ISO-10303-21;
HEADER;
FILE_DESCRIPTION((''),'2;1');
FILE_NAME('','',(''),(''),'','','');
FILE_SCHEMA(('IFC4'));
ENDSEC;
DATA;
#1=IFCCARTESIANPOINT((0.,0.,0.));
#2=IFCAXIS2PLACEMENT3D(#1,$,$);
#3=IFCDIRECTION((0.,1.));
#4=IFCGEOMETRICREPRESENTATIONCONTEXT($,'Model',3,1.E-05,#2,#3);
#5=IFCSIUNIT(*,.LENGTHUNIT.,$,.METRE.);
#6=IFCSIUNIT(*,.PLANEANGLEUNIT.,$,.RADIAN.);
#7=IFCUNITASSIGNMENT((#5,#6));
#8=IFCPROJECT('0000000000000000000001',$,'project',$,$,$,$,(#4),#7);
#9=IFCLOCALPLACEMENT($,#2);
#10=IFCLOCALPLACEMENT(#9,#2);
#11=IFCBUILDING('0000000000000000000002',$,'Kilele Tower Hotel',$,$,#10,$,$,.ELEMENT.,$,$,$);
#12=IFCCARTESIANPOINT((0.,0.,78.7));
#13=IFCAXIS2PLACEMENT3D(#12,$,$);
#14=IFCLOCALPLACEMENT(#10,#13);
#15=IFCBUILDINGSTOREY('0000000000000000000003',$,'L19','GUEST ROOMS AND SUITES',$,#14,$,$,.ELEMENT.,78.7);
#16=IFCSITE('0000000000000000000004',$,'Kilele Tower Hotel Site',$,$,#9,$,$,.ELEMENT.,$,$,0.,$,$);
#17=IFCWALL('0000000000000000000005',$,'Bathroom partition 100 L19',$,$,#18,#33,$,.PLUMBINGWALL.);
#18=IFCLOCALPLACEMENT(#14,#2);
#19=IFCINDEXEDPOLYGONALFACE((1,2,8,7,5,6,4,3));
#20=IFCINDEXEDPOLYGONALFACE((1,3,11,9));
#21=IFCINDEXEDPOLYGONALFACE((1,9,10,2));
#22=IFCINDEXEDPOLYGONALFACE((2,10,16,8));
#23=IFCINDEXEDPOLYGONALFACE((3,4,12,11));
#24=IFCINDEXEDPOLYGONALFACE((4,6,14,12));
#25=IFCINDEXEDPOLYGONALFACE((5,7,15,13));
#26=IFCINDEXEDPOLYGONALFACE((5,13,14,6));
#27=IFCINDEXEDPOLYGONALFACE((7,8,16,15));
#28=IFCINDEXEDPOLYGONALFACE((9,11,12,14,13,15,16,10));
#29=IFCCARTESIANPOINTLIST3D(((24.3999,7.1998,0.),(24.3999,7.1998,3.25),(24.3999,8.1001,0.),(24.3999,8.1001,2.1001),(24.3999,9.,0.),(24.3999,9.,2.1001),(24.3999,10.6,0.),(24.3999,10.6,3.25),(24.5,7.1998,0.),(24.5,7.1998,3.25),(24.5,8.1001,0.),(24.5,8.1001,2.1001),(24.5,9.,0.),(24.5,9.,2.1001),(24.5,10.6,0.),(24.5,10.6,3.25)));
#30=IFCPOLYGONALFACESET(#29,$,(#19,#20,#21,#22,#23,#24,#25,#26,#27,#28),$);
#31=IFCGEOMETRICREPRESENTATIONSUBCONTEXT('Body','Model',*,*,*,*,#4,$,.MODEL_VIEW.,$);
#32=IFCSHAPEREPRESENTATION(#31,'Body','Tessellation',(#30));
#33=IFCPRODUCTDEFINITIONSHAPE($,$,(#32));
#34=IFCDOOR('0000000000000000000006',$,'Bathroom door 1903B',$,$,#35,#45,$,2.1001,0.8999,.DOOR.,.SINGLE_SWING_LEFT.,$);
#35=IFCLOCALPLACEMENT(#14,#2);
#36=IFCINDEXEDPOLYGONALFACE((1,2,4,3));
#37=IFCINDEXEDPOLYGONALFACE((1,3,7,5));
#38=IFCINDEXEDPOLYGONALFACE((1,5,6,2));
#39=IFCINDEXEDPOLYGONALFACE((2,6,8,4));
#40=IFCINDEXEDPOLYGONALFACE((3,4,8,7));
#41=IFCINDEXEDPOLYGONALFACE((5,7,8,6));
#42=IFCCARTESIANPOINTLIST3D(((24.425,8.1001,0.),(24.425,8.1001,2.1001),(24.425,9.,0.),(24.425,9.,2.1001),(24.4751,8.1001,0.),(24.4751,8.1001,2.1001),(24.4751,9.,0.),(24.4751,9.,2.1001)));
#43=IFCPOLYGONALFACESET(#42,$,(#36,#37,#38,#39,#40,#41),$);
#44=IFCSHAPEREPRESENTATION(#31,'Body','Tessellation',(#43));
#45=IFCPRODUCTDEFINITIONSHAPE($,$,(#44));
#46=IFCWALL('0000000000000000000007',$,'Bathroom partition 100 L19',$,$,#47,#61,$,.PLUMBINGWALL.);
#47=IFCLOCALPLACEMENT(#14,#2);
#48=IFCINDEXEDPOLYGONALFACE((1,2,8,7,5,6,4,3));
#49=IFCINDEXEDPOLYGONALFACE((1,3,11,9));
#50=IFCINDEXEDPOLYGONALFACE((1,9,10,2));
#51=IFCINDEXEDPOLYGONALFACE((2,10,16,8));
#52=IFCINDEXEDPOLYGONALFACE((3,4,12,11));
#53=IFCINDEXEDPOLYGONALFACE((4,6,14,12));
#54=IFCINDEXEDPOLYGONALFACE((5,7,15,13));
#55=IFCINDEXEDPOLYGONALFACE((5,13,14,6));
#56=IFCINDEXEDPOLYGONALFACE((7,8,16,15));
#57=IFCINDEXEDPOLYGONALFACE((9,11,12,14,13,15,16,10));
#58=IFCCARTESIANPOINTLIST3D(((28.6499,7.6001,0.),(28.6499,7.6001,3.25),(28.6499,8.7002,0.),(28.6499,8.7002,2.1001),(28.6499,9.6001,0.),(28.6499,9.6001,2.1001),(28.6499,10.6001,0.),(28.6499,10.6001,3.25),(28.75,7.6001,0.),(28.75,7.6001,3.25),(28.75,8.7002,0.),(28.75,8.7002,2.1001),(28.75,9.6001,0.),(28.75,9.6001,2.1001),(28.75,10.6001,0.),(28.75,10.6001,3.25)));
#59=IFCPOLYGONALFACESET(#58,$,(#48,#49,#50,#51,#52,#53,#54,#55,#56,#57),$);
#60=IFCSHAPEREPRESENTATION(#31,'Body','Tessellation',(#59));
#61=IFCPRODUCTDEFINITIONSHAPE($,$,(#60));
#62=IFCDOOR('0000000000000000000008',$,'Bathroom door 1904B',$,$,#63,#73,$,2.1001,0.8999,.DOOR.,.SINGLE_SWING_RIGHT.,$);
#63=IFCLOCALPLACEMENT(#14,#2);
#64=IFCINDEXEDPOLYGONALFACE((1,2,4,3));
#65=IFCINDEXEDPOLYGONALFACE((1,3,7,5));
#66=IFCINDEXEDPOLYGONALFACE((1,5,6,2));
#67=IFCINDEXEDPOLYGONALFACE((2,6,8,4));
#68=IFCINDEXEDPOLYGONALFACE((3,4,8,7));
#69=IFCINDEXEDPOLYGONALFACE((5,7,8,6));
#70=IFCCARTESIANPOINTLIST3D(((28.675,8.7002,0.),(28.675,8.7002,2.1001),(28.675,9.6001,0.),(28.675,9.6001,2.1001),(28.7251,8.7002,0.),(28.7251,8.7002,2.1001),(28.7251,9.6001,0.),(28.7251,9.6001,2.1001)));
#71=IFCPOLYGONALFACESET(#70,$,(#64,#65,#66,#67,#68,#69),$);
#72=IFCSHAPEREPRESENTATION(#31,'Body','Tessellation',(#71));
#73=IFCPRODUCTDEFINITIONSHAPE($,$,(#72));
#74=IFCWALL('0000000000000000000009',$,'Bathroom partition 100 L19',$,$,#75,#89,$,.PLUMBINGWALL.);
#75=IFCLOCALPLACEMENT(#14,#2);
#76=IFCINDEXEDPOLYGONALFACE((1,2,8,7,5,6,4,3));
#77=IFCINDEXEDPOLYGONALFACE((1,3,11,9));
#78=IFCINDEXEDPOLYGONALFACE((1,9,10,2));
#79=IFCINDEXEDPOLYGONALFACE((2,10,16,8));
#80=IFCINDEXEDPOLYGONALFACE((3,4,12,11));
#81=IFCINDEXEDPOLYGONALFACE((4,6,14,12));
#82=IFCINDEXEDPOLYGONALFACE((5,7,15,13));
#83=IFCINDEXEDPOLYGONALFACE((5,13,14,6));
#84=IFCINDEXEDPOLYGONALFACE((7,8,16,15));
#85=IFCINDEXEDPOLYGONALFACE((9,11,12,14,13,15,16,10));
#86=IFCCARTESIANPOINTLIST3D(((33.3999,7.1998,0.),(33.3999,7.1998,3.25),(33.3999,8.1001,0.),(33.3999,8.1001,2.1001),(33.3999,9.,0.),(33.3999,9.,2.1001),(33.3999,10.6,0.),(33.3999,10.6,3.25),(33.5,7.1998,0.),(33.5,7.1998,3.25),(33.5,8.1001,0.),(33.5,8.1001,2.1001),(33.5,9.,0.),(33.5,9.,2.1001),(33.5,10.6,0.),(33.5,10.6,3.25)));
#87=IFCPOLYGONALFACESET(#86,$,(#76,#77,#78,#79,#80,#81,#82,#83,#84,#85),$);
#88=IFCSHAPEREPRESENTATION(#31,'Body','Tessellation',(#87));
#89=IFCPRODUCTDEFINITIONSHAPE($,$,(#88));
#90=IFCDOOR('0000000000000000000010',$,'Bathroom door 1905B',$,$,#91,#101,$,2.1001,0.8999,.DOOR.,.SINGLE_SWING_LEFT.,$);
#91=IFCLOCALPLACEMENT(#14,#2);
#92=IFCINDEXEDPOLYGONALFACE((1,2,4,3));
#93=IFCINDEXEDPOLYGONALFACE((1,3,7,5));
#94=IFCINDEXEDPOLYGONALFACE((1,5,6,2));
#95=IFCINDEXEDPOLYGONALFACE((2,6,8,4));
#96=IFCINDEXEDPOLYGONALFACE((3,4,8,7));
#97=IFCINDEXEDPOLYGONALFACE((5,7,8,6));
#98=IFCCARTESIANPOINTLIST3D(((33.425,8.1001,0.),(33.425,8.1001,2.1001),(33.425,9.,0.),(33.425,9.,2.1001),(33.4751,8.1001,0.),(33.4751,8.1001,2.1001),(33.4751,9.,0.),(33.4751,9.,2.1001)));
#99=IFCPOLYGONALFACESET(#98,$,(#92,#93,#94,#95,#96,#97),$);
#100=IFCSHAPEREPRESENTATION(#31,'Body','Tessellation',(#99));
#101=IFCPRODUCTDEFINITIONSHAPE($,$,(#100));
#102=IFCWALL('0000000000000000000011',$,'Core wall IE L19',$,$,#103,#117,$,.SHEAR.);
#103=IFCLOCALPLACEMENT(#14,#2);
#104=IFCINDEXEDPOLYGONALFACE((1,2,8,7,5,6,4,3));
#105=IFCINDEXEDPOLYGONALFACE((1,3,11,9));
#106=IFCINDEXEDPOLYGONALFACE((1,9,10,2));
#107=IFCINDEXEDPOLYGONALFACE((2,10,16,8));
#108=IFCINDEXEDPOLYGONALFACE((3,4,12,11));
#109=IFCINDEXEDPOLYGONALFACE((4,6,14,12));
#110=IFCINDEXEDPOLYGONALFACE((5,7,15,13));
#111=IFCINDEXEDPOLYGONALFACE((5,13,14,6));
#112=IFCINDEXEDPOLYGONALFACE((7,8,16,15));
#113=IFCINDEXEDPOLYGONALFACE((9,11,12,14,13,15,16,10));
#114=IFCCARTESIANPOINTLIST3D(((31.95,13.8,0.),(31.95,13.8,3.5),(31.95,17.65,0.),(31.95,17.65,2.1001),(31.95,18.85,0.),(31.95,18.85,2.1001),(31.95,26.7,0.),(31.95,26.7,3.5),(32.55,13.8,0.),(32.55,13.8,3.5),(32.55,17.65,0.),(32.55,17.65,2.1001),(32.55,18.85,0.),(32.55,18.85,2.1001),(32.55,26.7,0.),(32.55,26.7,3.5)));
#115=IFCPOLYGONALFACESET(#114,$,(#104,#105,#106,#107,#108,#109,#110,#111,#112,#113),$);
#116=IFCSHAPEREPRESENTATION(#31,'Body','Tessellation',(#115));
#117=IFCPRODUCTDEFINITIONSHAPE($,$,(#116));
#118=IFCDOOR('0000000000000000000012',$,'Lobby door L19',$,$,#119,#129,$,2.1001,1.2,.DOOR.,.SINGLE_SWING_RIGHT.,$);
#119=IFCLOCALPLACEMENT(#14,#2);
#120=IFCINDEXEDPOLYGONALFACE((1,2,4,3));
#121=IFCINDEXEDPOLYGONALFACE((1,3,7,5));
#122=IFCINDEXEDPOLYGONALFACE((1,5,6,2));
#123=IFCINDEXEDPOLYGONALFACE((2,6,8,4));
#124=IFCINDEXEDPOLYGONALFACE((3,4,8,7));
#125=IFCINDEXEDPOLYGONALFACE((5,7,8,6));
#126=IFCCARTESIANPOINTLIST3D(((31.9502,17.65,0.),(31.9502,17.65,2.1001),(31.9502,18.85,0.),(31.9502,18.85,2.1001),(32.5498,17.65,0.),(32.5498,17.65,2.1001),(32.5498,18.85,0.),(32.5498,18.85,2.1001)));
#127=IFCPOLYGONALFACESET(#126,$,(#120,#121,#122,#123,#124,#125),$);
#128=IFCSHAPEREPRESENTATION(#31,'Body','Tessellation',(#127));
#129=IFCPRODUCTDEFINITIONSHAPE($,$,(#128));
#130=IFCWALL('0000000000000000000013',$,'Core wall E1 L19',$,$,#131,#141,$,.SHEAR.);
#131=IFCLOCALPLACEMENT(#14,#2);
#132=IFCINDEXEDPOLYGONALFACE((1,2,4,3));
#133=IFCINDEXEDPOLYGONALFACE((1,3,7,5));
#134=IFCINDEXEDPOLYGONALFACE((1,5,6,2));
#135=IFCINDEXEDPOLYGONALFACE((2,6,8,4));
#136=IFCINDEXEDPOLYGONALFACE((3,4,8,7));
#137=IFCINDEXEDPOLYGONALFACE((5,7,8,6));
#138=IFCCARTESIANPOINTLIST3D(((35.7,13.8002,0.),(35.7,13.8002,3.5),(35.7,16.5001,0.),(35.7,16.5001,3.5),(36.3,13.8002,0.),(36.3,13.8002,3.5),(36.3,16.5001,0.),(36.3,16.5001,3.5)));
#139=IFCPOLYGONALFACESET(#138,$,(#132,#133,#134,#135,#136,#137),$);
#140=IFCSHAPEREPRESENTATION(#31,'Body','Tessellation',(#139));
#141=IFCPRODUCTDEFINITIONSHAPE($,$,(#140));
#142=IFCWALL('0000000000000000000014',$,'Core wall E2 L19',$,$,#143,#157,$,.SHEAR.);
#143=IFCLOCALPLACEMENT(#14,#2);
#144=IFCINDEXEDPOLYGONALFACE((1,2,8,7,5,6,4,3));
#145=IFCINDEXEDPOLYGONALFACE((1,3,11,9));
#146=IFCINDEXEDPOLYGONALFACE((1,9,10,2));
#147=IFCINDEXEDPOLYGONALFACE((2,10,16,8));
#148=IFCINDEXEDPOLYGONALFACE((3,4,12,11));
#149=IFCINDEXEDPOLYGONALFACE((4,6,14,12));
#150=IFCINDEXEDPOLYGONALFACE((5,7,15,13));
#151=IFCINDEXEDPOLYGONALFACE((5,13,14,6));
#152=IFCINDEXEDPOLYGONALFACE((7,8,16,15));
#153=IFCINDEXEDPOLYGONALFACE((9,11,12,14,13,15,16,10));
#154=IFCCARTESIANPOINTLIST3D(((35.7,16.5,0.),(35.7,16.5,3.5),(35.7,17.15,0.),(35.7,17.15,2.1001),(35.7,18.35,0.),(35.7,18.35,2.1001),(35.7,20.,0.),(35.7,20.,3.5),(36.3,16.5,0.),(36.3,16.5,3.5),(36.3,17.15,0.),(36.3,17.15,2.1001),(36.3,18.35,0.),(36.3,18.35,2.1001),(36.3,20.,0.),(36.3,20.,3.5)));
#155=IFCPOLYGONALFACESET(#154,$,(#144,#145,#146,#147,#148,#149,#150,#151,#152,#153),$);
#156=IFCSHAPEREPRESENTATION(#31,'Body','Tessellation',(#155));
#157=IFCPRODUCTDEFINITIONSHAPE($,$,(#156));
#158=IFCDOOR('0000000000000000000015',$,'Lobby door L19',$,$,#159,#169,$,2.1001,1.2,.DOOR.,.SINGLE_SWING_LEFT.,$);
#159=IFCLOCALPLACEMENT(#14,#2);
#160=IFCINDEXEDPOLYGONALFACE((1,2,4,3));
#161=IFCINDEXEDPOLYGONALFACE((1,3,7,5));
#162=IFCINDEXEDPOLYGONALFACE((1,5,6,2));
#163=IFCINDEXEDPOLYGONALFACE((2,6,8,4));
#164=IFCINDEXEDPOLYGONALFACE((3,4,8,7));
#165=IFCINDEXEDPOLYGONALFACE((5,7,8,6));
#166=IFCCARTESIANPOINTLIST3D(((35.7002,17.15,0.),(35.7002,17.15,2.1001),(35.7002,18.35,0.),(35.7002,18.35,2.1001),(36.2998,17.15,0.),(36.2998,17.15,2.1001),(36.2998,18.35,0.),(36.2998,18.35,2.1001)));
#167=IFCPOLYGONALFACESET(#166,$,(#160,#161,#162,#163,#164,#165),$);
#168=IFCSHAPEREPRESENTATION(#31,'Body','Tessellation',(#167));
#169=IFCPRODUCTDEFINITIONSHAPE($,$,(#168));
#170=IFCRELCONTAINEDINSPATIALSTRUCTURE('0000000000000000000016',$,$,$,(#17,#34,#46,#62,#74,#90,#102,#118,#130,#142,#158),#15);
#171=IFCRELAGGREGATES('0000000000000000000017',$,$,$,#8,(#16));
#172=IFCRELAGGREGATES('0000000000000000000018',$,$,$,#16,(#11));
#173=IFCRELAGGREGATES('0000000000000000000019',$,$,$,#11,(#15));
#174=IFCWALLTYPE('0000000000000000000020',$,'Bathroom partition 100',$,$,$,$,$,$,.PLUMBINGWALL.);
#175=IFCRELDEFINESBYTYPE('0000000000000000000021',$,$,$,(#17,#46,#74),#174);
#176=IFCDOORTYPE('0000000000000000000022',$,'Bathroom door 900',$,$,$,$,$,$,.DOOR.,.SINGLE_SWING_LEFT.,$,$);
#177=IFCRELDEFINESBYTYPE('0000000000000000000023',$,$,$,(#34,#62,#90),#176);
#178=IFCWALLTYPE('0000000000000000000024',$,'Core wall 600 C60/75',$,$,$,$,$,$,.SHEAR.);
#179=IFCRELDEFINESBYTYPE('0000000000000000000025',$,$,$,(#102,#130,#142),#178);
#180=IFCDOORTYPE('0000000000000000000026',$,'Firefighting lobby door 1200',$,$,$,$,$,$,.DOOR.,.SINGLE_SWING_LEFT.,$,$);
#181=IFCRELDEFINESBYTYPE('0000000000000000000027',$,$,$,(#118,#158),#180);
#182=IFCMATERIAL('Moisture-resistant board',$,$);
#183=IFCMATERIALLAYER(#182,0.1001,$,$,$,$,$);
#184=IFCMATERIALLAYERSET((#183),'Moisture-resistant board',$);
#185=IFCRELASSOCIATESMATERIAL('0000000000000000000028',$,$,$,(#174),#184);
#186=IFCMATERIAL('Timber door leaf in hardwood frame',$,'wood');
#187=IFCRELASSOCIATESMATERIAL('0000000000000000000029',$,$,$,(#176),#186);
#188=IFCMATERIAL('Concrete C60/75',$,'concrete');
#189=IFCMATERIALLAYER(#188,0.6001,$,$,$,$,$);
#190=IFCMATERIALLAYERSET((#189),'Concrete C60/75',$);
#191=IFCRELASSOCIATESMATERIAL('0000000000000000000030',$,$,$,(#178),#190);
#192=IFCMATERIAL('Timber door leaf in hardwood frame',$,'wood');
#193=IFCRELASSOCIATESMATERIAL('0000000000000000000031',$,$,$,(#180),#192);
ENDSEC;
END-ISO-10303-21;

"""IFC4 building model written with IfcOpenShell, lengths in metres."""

from ifc_helpers import new_model, si_unit, direction, frame, frame_2d, origin, place, context, subcontext, project, spatial, rectangle, extrude, material, layer, layer_set, type_object, element, fill, save


model = new_model("IFC4")

# Units and contexts
model_context = context("Model", 3, precision=1e-05, world=origin(), true_north=direction((0.0, 1.0)))
body_context = subcontext(model_context, "Body", "Model", "MODEL_VIEW")
ifc_project = project(units=[si_unit("LENGTHUNIT", "METRE"), si_unit("PLANEANGLEUNIT", "RADIAN")], contexts=[model_context])

# Site, building, storey
site_placement = place(None, origin())
site = spatial("IfcSite", under=ifc_project, at=site_placement, Name="Kilele Tower Hotel Site", CompositionType="ELEMENT", RefElevation=0.0)
building_placement = place(site_placement, origin())
building = spatial("IfcBuilding", under=site, at=building_placement, Name="Kilele Tower Hotel", CompositionType="ELEMENT")
storey_placement = place(building_placement, frame((0.0, 0.0, 78.7)))
storey = spatial("IfcBuildingStorey", under=building, at=storey_placement, Name="L19", Description="GUEST ROOMS AND SUITES", CompositionType="ELEMENT", Elevation=78.7)

# Walls, openings, doors
ifc_material_1 = material(Name="Moisture-resistant board")
ifc_layer_1 = layer(ifc_material_1, 0.1001)
ifc_layer_set_1 = layer_set([ifc_layer_1], Name="Moisture-resistant board")
wall_type_1 = type_object("IfcWallType", Name="Bathroom partition 100", PredefinedType="PLUMBINGWALL", material=ifc_layer_set_1)
wall_1_placement = place(storey_placement, frame((24.45, 10.6001, 0.0), z_axis=(0.0, 0.0, 1.0), x_axis=(0.0, -1.0, 0.0)))
wall_1 = element("IfcWall", 1, at=wall_1_placement, inside=storey, type_object=wall_type_1, Name="Bathroom partition 100 L19", PredefinedType="PLUMBINGWALL", context=body_context, shape_type="SweptSolid", body=[
    extrude(rectangle(XDim=3.4001, YDim=0.1001, at=frame_2d((1.7002, 0.0))), origin(), (0.0, 0.0, 1.0), 3.25),
])
opening_1_placement = place(wall_1_placement, frame((2.5, 0.0, 0.0), z_axis=(0.0, 0.0, 1.0), x_axis=(-1.0, 0.0, 0.0)))
opening_1 = element("IfcOpeningElement", 2, at=opening_1_placement, cuts=wall_1, PredefinedType="OPENING", context=body_context, shape_type="SweptSolid", body=[
    extrude(rectangle(XDim=0.8999, YDim=2.1001, at=frame_2d((0.45, 1.05))), frame((0.0, 0.0601, 0.0), z_axis=(0.0, -1.0, 0.0), x_axis=(1.0, 0.0, 0.0)), (0.0, 0.0, 1.0), 0.1201),
])
ifc_material_2 = material(Name="Timber door leaf in hardwood frame", Category="wood")
door_type_1 = type_object("IfcDoorType", Name="Bathroom door 900", OperationType="SINGLE_SWING_LEFT", PredefinedType="DOOR", material=ifc_material_2)
door_1_placement = place(opening_1_placement, origin())
door_1 = element("IfcDoor", 3, at=door_1_placement, inside=storey, type_object=door_type_1, Name="Bathroom door 1903B", OperationType="SINGLE_SWING_LEFT", OverallHeight=2.1001, OverallWidth=0.8999, PredefinedType="DOOR", context=body_context, shape_type="SweptSolid", body=[
    extrude(rectangle(XDim=0.8999, YDim=2.1001, at=frame_2d((0.45, 1.05))), frame((0.0, 0.0249, 0.0), z_axis=(0.0, -1.0, 0.0), x_axis=(1.0, 0.0, 0.0)), (0.0, 0.0, 1.0), 0.05),
])
fill(opening_1, door_1)
wall_2_placement = place(storey_placement, frame((28.7, 10.6001, 0.0), z_axis=(0.0, 0.0, 1.0), x_axis=(0.0, -1.0, 0.0)))
wall_2 = element("IfcWall", 4, at=wall_2_placement, inside=storey, type_object=wall_type_1, Name="Bathroom partition 100 L19", PredefinedType="PLUMBINGWALL", context=body_context, shape_type="SweptSolid", body=[
    extrude(rectangle(XDim=3.0, YDim=0.1001, at=frame_2d((1.5, 0.0))), origin(), (0.0, 0.0, 1.0), 3.25),
])
opening_2_placement = place(wall_2_placement, frame((1.8999, 0.0, 0.0), z_axis=(0.0, 0.0, 1.0), x_axis=(-1.0, 0.0, 0.0)))
opening_2 = element("IfcOpeningElement", 5, at=opening_2_placement, cuts=wall_2, PredefinedType="OPENING", context=body_context, shape_type="SweptSolid", body=[
    extrude(rectangle(XDim=0.8999, YDim=2.1001, at=frame_2d((0.45, 1.05))), frame((0.0, 0.0601, 0.0), z_axis=(0.0, -1.0, 0.0), x_axis=(1.0, 0.0, 0.0)), (0.0, 0.0, 1.0), 0.1201),
])
door_2_placement = place(opening_2_placement, origin())
door_2 = element("IfcDoor", 6, at=door_2_placement, inside=storey, type_object=door_type_1, Name="Bathroom door 1904B", OperationType="SINGLE_SWING_RIGHT", OverallHeight=2.1001, OverallWidth=0.8999, PredefinedType="DOOR", context=body_context, shape_type="SweptSolid", body=[
    extrude(rectangle(XDim=0.8999, YDim=2.1001, at=frame_2d((0.45, 1.05))), frame((0.0, 0.0249, 0.0), z_axis=(0.0, -1.0, 0.0), x_axis=(1.0, 0.0, 0.0)), (0.0, 0.0, 1.0), 0.05),
])
fill(opening_2, door_2)
wall_3_placement = place(storey_placement, frame((33.45, 10.6001, 0.0), z_axis=(0.0, 0.0, 1.0), x_axis=(0.0, -1.0, 0.0)))
wall_3 = element("IfcWall", 7, at=wall_3_placement, inside=storey, type_object=wall_type_1, Name="Bathroom partition 100 L19", PredefinedType="PLUMBINGWALL", context=body_context, shape_type="SweptSolid", body=[
    extrude(rectangle(XDim=3.4001, YDim=0.1001, at=frame_2d((1.7002, 0.0))), origin(), (0.0, 0.0, 1.0), 3.25),
])
opening_3_placement = place(wall_3_placement, frame((2.5, 0.0, 0.0), z_axis=(0.0, 0.0, 1.0), x_axis=(-1.0, 0.0, 0.0)))
opening_3 = element("IfcOpeningElement", 8, at=opening_3_placement, cuts=wall_3, PredefinedType="OPENING", context=body_context, shape_type="SweptSolid", body=[
    extrude(rectangle(XDim=0.8999, YDim=2.1001, at=frame_2d((0.45, 1.05))), frame((0.0, 0.0601, 0.0), z_axis=(0.0, -1.0, 0.0), x_axis=(1.0, 0.0, 0.0)), (0.0, 0.0, 1.0), 0.1201),
])
door_3_placement = place(opening_3_placement, origin())
door_3 = element("IfcDoor", 9, at=door_3_placement, inside=storey, type_object=door_type_1, Name="Bathroom door 1905B", OperationType="SINGLE_SWING_LEFT", OverallHeight=2.1001, OverallWidth=0.8999, PredefinedType="DOOR", context=body_context, shape_type="SweptSolid", body=[
    extrude(rectangle(XDim=0.8999, YDim=2.1001, at=frame_2d((0.45, 1.05))), frame((0.0, 0.0249, 0.0), z_axis=(0.0, -1.0, 0.0), x_axis=(1.0, 0.0, 0.0)), (0.0, 0.0, 1.0), 0.05),
])
fill(opening_3, door_3)
ifc_material_3 = material(Name="Concrete C60/75", Category="concrete")
ifc_layer_2 = layer(ifc_material_3, 0.6001)
ifc_layer_set_2 = layer_set([ifc_layer_2], Name="Concrete C60/75")
wall_type_2 = type_object("IfcWallType", Name="Core wall 600 C60/75", PredefinedType="SHEAR", material=ifc_layer_set_2)
wall_4_placement = place(storey_placement, frame((32.25, 13.8, 0.0), z_axis=(0.0, 0.0, 1.0), x_axis=(0.0, 1.0, 0.0)))
wall_4 = element("IfcWall", 10, at=wall_4_placement, inside=storey, type_object=wall_type_2, Name="Core wall IE L19", PredefinedType="SHEAR", context=body_context, shape_type="SweptSolid", body=[
    extrude(rectangle(XDim=12.8999, YDim=0.6001, at=frame_2d((6.45, 0.0))), origin(), (0.0, 0.0, 1.0), 3.5),
])
opening_4_placement = place(wall_4_placement, frame((5.05, 0.0, 0.0), z_axis=(0.0, 0.0, 1.0), x_axis=(-1.0, 0.0, 0.0)))
opening_4 = element("IfcOpeningElement", 11, at=opening_4_placement, cuts=wall_4, PredefinedType="OPENING", context=body_context, shape_type="SweptSolid", body=[
    extrude(rectangle(XDim=1.2, YDim=2.1001, at=frame_2d((0.6001, 1.05))), frame((0.0, 0.3101, 0.0), z_axis=(0.0, -1.0, 0.0), x_axis=(1.0, 0.0, 0.0)), (0.0, 0.0, 1.0), 0.6201),
])
ifc_material_4 = material(Name="Timber door leaf in hardwood frame", Category="wood")
door_type_2 = type_object("IfcDoorType", Name="Firefighting lobby door 1200", OperationType="SINGLE_SWING_LEFT", PredefinedType="DOOR", material=ifc_material_4)
door_4_placement = place(opening_4_placement, origin())
door_4 = element("IfcDoor", 12, at=door_4_placement, inside=storey, type_object=door_type_2, Name="Lobby door L19", OperationType="SINGLE_SWING_RIGHT", OverallHeight=2.1001, OverallWidth=1.2, PredefinedType="DOOR", context=body_context, shape_type="SweptSolid", body=[
    extrude(rectangle(XDim=1.2, YDim=2.1001, at=frame_2d((0.6001, 1.05))), frame((0.0, 0.2998, 0.0), z_axis=(0.0, -1.0, 0.0), x_axis=(1.0, 0.0, 0.0)), (0.0, 0.0, 1.0), 0.5996),
])
fill(opening_4, door_4)

# Wall
wall_5_placement = place(storey_placement, frame((36.0, 13.8, 0.0), z_axis=(0.0, 0.0, 1.0), x_axis=(0.0, 1.0, 0.0)))
element("IfcWall", 13, at=wall_5_placement, inside=storey, type_object=wall_type_2, Name="Core wall E1 L19", PredefinedType="SHEAR", context=body_context, shape_type="SweptSolid", body=[
    extrude(rectangle(XDim=2.7, YDim=0.6001, at=frame_2d((1.3501, 0.0))), origin(), (0.0, 0.0, 1.0), 3.5),
])

# Wall, opening, door
wall_6_placement = place(storey_placement, frame((36.0, 16.5, 0.0), z_axis=(0.0, 0.0, 1.0), x_axis=(0.0, 1.0, 0.0)))
wall_6 = element("IfcWall", 14, at=wall_6_placement, inside=storey, type_object=wall_type_2, Name="Core wall E2 L19", PredefinedType="SHEAR", context=body_context, shape_type="SweptSolid", body=[
    extrude(rectangle(XDim=3.5, YDim=0.6001, at=frame_2d((1.75, 0.0))), origin(), (0.0, 0.0, 1.0), 3.5),
])
opening_5_placement = place(wall_6_placement, frame((0.6499, 0.0, 0.0)))
opening_5 = element("IfcOpeningElement", 15, at=opening_5_placement, cuts=wall_6, PredefinedType="OPENING", context=body_context, shape_type="SweptSolid", body=[
    extrude(rectangle(XDim=1.2, YDim=2.1001, at=frame_2d((0.6001, 1.05))), frame((0.0, 0.3101, 0.0), z_axis=(0.0, -1.0, 0.0), x_axis=(1.0, 0.0, 0.0)), (0.0, 0.0, 1.0), 0.6201),
])
door_5_placement = place(opening_5_placement, origin())
door_5 = element("IfcDoor", 16, at=door_5_placement, inside=storey, type_object=door_type_2, Name="Lobby door L19", OperationType="SINGLE_SWING_LEFT", OverallHeight=2.1001, OverallWidth=1.2, PredefinedType="DOOR", context=body_context, shape_type="SweptSolid", body=[
    extrude(rectangle(XDim=1.2, YDim=2.1001, at=frame_2d((0.6001, 1.05))), frame((0.0, 0.2998, 0.0), z_axis=(0.0, -1.0, 0.0), x_axis=(1.0, 0.0, 0.0)), (0.0, 0.0, 1.0), 0.5996),
])
fill(opening_5, door_5)

save(model, "model.ifc")
